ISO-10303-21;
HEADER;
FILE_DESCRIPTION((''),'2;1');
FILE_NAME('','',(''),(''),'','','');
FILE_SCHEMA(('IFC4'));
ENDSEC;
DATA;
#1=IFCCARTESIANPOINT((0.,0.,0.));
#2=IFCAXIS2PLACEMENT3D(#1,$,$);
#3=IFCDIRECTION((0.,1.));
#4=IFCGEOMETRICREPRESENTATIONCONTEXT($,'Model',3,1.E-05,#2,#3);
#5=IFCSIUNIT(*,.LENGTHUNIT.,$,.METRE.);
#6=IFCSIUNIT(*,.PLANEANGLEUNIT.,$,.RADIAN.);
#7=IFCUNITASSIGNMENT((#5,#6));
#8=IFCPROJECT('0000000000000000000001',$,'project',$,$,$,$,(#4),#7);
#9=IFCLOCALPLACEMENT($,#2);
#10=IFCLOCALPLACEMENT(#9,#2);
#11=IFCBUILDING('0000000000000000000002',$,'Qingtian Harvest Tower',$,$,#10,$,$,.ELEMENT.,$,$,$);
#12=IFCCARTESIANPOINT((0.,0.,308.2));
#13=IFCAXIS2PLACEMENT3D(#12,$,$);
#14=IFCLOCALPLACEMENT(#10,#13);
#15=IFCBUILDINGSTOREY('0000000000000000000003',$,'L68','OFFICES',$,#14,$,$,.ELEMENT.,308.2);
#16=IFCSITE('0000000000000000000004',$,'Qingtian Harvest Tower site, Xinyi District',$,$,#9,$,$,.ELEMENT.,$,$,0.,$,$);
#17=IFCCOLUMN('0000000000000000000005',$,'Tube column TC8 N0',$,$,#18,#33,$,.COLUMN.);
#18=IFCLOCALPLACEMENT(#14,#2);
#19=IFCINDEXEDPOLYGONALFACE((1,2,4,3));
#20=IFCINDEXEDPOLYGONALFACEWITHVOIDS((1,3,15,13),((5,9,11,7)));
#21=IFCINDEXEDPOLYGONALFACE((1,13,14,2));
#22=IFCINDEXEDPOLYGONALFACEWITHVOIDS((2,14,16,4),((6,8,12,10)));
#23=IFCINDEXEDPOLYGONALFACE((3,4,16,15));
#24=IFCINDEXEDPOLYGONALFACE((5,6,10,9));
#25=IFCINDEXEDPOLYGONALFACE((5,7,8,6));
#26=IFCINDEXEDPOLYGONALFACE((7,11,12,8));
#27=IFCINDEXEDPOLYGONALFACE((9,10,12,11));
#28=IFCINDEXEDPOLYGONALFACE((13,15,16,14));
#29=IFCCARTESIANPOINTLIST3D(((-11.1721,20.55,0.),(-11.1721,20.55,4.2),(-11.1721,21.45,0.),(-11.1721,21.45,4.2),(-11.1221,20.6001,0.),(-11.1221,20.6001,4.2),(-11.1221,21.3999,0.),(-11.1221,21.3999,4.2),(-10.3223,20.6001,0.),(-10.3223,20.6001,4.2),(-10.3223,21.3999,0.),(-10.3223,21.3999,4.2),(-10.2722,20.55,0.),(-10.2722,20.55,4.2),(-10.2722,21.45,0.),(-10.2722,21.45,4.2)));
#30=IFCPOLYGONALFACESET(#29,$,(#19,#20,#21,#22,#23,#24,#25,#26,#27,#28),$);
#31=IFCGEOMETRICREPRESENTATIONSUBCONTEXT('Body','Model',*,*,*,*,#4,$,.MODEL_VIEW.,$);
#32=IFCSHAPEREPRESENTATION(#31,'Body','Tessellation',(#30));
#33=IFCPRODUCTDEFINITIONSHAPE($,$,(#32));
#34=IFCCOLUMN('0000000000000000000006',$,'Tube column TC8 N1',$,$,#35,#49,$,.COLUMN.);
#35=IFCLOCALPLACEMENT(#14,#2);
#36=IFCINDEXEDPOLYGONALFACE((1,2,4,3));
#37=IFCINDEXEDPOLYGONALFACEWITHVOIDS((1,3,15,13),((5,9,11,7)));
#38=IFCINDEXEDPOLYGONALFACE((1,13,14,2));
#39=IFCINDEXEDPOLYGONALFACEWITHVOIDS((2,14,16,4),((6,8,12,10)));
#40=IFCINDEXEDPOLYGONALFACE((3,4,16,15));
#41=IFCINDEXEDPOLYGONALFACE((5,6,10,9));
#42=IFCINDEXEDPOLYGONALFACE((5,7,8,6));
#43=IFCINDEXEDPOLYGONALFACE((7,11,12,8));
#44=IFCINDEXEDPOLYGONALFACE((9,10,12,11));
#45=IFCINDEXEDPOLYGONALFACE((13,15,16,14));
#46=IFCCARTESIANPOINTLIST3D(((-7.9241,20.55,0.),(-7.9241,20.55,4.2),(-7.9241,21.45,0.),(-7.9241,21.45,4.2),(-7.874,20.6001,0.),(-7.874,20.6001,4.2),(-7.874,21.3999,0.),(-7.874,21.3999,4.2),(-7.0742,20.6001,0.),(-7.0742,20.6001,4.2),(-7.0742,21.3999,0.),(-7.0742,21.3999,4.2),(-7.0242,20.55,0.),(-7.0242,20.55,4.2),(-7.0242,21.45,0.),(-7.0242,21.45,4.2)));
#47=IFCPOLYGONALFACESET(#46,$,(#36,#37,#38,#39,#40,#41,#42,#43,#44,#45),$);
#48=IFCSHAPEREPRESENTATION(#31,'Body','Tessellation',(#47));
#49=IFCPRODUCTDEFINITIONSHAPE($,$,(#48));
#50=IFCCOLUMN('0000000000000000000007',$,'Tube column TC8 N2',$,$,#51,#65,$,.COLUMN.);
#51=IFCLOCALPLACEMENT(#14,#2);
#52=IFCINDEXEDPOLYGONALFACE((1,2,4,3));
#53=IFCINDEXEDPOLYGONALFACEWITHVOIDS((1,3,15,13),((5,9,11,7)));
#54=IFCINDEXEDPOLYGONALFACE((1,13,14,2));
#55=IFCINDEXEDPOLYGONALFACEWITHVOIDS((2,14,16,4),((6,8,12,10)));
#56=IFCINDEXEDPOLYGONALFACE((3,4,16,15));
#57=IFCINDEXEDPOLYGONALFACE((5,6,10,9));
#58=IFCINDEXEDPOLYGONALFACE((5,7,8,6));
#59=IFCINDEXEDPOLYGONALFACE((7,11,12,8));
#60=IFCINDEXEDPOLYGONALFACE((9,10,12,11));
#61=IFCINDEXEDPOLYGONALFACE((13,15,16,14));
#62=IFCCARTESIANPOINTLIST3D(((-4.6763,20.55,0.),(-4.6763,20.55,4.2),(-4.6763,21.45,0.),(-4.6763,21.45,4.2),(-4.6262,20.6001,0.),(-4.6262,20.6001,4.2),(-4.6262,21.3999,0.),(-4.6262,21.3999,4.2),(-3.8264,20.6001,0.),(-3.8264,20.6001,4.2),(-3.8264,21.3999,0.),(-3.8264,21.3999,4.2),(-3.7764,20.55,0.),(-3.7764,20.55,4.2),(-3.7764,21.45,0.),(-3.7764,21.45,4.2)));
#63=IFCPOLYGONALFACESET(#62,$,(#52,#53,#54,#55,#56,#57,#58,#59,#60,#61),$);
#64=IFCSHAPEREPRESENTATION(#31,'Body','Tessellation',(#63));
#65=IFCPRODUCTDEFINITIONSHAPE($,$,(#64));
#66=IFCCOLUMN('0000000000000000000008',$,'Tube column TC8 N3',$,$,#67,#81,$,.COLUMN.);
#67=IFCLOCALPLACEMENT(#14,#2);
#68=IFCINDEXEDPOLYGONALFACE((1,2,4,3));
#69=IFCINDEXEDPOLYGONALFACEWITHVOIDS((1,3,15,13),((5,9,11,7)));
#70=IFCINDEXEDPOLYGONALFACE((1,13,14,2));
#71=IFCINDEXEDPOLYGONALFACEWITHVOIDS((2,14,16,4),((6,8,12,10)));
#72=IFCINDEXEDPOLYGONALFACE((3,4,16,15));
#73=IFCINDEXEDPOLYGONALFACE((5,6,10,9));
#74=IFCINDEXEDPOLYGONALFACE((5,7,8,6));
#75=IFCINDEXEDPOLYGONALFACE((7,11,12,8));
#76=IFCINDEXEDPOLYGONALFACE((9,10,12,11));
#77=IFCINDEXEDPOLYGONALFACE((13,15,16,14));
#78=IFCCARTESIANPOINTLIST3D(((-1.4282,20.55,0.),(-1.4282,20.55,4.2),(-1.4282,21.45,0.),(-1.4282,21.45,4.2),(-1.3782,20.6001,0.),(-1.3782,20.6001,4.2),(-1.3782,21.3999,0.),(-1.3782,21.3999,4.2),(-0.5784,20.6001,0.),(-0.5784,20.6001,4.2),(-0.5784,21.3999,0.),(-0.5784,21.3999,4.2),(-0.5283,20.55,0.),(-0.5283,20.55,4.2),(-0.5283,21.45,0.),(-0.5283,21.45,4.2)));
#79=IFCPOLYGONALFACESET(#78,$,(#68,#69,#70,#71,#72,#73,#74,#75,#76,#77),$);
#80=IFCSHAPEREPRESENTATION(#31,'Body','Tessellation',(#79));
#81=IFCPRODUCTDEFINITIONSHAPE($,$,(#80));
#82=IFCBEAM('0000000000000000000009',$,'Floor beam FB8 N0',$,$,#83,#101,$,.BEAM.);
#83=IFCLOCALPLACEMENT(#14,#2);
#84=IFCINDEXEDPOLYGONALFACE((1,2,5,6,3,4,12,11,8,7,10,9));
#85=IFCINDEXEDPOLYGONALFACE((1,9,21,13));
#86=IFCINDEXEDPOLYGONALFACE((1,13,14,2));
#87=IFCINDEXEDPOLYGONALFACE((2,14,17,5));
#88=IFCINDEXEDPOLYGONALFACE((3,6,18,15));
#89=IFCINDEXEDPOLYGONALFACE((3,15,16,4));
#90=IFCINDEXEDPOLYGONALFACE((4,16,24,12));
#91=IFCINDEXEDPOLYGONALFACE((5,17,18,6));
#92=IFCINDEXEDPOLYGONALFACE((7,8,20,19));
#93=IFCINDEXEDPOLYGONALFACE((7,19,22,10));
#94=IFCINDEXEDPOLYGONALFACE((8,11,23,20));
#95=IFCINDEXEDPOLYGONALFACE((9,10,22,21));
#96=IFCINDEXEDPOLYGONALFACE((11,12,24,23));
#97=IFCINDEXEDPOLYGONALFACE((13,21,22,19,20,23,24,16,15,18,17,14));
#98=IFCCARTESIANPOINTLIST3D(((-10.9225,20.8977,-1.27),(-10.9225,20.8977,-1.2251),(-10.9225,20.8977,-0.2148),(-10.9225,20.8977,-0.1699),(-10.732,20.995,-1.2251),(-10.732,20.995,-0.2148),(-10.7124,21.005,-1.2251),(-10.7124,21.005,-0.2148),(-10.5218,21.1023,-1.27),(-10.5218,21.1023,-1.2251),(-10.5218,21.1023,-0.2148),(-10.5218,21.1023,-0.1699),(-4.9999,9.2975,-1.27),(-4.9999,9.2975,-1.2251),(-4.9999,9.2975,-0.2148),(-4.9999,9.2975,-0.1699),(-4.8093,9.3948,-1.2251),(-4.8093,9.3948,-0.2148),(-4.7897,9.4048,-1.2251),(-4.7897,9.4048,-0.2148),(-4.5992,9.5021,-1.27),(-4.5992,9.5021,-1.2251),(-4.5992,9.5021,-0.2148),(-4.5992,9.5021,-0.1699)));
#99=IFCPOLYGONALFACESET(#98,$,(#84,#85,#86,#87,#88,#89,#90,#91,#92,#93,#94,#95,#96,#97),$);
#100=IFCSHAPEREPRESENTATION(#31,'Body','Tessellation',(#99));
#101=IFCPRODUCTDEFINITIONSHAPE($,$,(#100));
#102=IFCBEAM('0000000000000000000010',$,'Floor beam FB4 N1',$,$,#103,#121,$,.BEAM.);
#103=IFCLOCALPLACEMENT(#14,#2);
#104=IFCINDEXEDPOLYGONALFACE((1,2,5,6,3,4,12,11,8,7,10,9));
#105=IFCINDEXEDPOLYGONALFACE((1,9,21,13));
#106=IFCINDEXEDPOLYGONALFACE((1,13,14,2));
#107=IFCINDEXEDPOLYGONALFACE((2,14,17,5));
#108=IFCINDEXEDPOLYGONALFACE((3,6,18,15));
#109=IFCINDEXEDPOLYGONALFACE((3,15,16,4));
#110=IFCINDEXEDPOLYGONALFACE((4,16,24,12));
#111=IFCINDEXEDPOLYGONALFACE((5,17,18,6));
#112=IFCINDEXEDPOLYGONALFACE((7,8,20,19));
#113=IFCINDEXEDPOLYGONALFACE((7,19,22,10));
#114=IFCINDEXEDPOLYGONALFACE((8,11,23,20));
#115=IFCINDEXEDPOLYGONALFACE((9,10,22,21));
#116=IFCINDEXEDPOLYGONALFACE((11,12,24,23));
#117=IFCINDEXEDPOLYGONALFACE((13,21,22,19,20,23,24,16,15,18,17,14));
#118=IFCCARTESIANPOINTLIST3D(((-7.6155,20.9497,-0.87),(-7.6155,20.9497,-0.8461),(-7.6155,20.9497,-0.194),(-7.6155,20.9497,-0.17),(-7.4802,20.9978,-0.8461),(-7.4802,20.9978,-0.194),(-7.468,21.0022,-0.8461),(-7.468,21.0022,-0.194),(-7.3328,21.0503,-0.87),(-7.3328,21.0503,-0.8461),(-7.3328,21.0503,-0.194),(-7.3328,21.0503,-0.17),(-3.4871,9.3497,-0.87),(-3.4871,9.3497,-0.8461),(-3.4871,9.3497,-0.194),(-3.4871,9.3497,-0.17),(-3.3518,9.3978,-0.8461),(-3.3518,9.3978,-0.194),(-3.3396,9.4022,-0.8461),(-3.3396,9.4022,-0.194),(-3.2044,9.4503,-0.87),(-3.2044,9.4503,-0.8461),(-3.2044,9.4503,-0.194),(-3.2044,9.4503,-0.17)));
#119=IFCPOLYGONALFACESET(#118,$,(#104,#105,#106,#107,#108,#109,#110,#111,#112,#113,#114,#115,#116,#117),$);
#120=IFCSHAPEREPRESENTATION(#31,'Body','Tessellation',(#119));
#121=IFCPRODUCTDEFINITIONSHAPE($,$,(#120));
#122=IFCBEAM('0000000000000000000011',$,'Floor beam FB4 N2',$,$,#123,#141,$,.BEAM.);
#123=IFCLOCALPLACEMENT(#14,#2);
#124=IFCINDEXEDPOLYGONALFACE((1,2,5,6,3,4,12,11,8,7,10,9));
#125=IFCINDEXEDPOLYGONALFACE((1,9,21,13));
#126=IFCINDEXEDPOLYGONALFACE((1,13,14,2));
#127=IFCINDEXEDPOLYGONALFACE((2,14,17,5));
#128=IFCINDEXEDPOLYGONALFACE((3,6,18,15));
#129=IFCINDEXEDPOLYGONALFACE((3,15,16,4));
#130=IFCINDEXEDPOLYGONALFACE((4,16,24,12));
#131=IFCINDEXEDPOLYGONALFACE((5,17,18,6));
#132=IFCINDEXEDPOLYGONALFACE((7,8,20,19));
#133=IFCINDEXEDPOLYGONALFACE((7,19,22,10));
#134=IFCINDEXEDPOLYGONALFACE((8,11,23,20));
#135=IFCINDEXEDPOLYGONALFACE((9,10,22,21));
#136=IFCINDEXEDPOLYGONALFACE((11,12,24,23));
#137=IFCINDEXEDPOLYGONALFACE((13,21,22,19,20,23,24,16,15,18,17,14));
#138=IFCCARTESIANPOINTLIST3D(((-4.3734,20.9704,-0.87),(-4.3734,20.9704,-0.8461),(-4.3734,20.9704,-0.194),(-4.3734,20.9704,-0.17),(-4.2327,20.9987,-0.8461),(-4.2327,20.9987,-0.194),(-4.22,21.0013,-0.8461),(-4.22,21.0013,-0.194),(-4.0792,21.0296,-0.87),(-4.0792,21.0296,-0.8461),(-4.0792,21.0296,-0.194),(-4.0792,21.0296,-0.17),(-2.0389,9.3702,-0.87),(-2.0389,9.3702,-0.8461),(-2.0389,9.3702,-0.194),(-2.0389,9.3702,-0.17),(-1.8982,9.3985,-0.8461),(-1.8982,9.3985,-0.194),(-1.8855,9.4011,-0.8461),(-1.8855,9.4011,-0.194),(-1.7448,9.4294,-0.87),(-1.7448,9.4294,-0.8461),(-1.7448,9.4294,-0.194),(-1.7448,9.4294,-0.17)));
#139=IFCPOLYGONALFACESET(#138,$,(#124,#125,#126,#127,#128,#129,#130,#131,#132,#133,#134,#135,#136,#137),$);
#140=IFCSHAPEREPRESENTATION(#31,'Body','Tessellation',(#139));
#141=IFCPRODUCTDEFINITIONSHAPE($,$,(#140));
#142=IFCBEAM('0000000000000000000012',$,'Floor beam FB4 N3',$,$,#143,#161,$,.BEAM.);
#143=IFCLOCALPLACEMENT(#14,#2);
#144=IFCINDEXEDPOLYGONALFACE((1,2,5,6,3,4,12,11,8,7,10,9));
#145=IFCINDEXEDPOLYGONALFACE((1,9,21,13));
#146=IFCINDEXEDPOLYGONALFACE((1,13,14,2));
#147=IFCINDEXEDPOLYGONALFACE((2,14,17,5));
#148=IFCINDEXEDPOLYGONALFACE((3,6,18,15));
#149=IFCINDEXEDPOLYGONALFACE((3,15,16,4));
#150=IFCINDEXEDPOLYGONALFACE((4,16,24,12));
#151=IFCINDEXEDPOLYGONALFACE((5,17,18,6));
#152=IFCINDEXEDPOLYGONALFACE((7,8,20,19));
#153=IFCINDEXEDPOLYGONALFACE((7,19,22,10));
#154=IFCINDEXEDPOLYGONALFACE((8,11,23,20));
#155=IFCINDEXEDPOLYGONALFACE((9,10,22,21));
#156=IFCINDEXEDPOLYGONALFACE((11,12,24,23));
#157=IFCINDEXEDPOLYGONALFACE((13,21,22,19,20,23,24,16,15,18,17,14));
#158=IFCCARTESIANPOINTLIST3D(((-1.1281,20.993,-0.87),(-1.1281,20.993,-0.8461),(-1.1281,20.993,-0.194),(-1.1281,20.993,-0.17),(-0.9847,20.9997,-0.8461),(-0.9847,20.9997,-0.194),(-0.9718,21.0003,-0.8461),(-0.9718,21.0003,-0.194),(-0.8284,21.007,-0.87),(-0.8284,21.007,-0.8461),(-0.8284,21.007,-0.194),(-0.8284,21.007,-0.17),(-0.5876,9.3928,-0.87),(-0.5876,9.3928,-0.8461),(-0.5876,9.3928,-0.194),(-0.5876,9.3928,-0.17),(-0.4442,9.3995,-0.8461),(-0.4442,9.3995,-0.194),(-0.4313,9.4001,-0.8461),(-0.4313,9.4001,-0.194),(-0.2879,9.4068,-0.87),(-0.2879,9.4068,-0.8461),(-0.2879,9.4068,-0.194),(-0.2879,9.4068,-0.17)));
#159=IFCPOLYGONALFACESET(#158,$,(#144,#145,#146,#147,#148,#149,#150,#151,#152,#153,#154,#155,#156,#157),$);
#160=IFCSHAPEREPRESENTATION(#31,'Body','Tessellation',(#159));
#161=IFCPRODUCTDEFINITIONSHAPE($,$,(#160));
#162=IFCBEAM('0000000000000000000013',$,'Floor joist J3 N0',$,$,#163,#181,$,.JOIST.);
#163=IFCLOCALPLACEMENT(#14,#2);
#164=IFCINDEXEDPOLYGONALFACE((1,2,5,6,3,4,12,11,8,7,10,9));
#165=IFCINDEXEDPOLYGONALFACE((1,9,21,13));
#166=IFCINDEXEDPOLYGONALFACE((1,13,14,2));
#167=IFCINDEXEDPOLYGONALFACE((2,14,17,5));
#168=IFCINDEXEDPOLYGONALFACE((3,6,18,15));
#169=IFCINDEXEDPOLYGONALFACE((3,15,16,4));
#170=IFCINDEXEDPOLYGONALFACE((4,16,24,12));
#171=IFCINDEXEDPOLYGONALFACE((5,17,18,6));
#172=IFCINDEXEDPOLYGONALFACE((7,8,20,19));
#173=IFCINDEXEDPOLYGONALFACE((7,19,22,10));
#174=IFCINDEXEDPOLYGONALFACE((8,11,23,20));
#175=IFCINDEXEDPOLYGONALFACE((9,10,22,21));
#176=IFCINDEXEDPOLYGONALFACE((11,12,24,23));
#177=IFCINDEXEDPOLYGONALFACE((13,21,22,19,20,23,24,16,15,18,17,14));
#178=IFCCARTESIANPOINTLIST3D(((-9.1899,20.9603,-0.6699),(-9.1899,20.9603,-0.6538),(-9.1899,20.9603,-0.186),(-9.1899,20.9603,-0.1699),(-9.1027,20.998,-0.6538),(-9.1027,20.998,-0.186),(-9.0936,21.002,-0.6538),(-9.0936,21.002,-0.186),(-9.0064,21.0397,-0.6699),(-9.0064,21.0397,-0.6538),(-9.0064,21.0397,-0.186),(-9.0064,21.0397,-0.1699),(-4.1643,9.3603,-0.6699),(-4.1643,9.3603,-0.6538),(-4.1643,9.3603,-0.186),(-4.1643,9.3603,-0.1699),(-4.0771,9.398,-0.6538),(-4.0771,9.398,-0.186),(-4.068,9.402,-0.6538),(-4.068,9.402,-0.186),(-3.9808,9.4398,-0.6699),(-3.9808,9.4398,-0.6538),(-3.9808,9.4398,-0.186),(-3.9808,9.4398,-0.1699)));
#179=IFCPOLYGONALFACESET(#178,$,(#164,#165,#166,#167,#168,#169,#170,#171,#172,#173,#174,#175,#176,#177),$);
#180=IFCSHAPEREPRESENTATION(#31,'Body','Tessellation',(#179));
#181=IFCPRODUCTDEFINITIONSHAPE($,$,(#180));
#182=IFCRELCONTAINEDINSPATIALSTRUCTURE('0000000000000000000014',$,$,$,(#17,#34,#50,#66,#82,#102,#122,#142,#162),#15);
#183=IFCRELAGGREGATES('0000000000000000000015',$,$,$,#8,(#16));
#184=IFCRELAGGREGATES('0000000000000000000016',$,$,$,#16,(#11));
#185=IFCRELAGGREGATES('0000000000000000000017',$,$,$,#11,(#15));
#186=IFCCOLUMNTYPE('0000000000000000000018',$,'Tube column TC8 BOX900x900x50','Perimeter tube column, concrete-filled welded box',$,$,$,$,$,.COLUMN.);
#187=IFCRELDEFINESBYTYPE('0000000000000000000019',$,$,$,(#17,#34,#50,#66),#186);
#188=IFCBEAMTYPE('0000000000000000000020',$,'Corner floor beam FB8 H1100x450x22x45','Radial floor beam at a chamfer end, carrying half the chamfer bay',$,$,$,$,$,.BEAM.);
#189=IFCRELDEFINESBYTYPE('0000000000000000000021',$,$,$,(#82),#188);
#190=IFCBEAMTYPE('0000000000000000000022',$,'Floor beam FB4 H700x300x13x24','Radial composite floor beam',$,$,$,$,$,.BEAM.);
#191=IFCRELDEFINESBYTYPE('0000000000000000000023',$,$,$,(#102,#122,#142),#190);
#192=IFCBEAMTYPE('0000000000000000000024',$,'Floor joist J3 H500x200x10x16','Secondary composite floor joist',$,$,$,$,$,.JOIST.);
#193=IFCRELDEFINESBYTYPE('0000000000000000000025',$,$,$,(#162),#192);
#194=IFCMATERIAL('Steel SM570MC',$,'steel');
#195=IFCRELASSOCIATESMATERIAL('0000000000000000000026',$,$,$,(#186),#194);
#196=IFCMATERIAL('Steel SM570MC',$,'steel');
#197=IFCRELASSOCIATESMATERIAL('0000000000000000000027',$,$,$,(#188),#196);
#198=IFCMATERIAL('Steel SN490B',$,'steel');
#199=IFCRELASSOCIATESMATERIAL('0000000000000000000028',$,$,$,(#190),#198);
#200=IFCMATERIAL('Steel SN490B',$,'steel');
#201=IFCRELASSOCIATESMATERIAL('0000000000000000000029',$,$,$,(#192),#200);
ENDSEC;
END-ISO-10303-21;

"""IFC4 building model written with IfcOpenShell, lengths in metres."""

from ifc_helpers import new_model, si_unit, direction, frame, origin, origin_2d, place, context, subcontext, project, spatial, hollow_rectangle, i_section, extrude, material, material_profile, profile_set, type_object, element, save


model = new_model("IFC4")

# Units and contexts
model_context = context("Model", 3, precision=1e-05, world=origin(), true_north=direction((0.0, 1.0)))
body_context = subcontext(model_context, "Body", "Model", "MODEL_VIEW")
ifc_project = project(units=[si_unit("LENGTHUNIT", "METRE"), si_unit("PLANEANGLEUNIT", "RADIAN")], contexts=[model_context])

# Site, building, storey
site_placement = place(None, origin())
site = spatial("IfcSite", under=ifc_project, at=site_placement, Name="Qingtian Harvest Tower site, Xinyi District", CompositionType="ELEMENT", RefElevation=0.0)
building_placement = place(site_placement, origin())
building = spatial("IfcBuilding", under=site, at=building_placement, Name="Qingtian Harvest Tower", CompositionType="ELEMENT")
storey_placement = place(building_placement, frame((0.0, 0.0, 308.2)))
storey = spatial("IfcBuildingStorey", under=building, at=storey_placement, Name="L68", Description="OFFICES", CompositionType="ELEMENT", Elevation=308.2)

# Columns
ifc_material_1 = material(Name="Steel SM570MC", Category="steel")
ifc_material_profile_1 = material_profile(ifc_material_1, hollow_rectangle(XDim=0.8999, YDim=0.8999, WallThickness=0.05, at=origin_2d()), Name="BOX900x900x50")
ifc_profile_set_1 = profile_set([ifc_material_profile_1], Name="Steel SM570MC")
column_type = type_object("IfcColumnType", Name="Tube column TC8 BOX900x900x50", Description="Perimeter tube column, concrete-filled welded box", PredefinedType="COLUMN", material=ifc_profile_set_1)
for number, where, z_axis, x_axis, name in (
    (1, (-10.7222, 21.0, 0.0), (0.0, 0.0, 1.0), (-1.0, 0.0, 0.0), "Tube column TC8 N0"),
    (2, (-7.4741, 21.0, 0.0), (0.0, 0.0, 1.0), (-1.0, 0.0, 0.0), "Tube column TC8 N1"),
    (3, (-4.2263, 21.0, 0.0), (0.0, 0.0, 1.0), (-1.0, 0.0, 0.0), "Tube column TC8 N2"),
    (4, (-0.9783, 21.0, 0.0), (0.0, 0.0, 1.0), (-1.0, 0.0, 0.0), "Tube column TC8 N3"),
):
    element("IfcColumn", number, at=place(storey_placement, frame(where, z_axis=z_axis, x_axis=x_axis)), inside=storey, type_object=column_type, Name=name, PredefinedType="COLUMN", context=body_context, shape_type="SweptSolid", body=[
        extrude(hollow_rectangle(XDim=0.8999, YDim=0.8999, WallThickness=0.05, at=origin_2d()), origin(), (0.0, 0.0, 1.0), 4.2),
    ])

# Beams
ifc_material_2 = material(Name="Steel SM570MC", Category="steel")
ifc_material_profile_2 = material_profile(ifc_material_2, i_section(OverallWidth=0.45, OverallDepth=1.1001, WebThickness=0.022, FlangeThickness=0.0449, at=origin_2d()), Name="H1100x450x22x45")
ifc_profile_set_2 = profile_set([ifc_material_profile_2], Name="Steel SM570MC")
beam_type_1 = type_object("IfcBeamType", Name="Corner floor beam FB8 H1100x450x22x45", Description="Radial floor beam at a chamfer end, carrying half the chamfer bay", PredefinedType="BEAM", material=ifc_profile_set_2)
beam_1_placement = place(storey_placement, frame((-10.7222, 21.0, -0.72), z_axis=(0.454726, -0.890632, 0.0), x_axis=(0.890632, 0.454726, 0.0)))
element("IfcBeam", 5, at=beam_1_placement, inside=storey, type_object=beam_type_1, Name="Floor beam FB8 N0", PredefinedType="BEAM", context=body_context, shape_type="SweptSolid", body=[
    extrude(i_section(OverallWidth=0.45, OverallDepth=1.1001, WebThickness=0.022, FlangeThickness=0.0449, at=origin_2d()), origin(), (0.0, 0.0, 1.0), 13.0247),
])
ifc_material_3 = material(Name="Steel SN490B", Category="steel")
ifc_material_profile_3 = material_profile(ifc_material_3, i_section(OverallWidth=0.3, OverallDepth=0.7, WebThickness=0.0129, FlangeThickness=0.0239, at=origin_2d()), Name="H700x300x13x24")
ifc_profile_set_3 = profile_set([ifc_material_profile_3], Name="Steel SN490B")
beam_type_2 = type_object("IfcBeamType", Name="Floor beam FB4 H700x300x13x24", Description="Radial composite floor beam", PredefinedType="BEAM", material=ifc_profile_set_3)
beam_2_placement = place(storey_placement, frame((-7.4741, 21.0, -0.52), z_axis=(0.335294, -0.942114, 0.0), x_axis=(0.942114, 0.335294, 0.0)))
element("IfcBeam", 6, at=beam_2_placement, inside=storey, type_object=beam_type_2, Name="Floor beam FB4 N1", PredefinedType="BEAM", context=body_context, shape_type="SweptSolid", body=[
    extrude(i_section(OverallWidth=0.3, OverallDepth=0.7, WebThickness=0.0129, FlangeThickness=0.0239, at=origin_2d()), origin(), (0.0, 0.0, 1.0), 12.3127),
])
beam_3_placement = place(storey_placement, frame((-4.2263, 21.0, -0.52), z_axis=(0.19729, -0.980345, 0.0), x_axis=(0.980345, 0.19729, 0.0)))
element("IfcBeam", 7, at=beam_3_placement, inside=storey, type_object=beam_type_2, Name="Floor beam FB4 N2", PredefinedType="BEAM", context=body_context, shape_type="SweptSolid", body=[
    extrude(i_section(OverallWidth=0.3, OverallDepth=0.7, WebThickness=0.0129, FlangeThickness=0.0239, at=origin_2d()), origin(), (0.0, 0.0, 1.0), 11.8328),
])
beam_4_placement = place(storey_placement, frame((-0.9783, 21.0, -0.52), z_axis=(0.046546, -0.998916, 0.0), x_axis=(0.998916, 0.046546, 0.0)))
element("IfcBeam", 8, at=beam_4_placement, inside=storey, type_object=beam_type_2, Name="Floor beam FB4 N3", PredefinedType="BEAM", context=body_context, shape_type="SweptSolid", body=[
    extrude(i_section(OverallWidth=0.3, OverallDepth=0.7, WebThickness=0.0129, FlangeThickness=0.0239, at=origin_2d()), origin(), (0.0, 0.0, 1.0), 11.6128),
])
ifc_material_4 = material(Name="Steel SN490B", Category="steel")
ifc_material_profile_4 = material_profile(ifc_material_4, i_section(OverallWidth=0.2, OverallDepth=0.5, WebThickness=0.01, FlangeThickness=0.0161, at=origin_2d()), Name="H500x200x10x16")
ifc_profile_set_4 = profile_set([ifc_material_profile_4], Name="Steel SN490B")
beam_type_3 = type_object("IfcBeamType", Name="Floor joist J3 H500x200x10x16", Description="Secondary composite floor joist", PredefinedType="JOIST", material=ifc_profile_set_4)
beam_5_placement = place(storey_placement, frame((-9.0981, 21.0, -0.4199), z_axis=(0.397536, -0.917587, 0.0), x_axis=(0.917587, 0.397536, 0.0)))
element("IfcBeam", 9, at=beam_5_placement, inside=storey, type_object=beam_type_3, Name="Floor joist J3 N0", PredefinedType="JOIST", context=body_context, shape_type="SweptSolid", body=[
    extrude(i_section(OverallWidth=0.2, OverallDepth=0.5, WebThickness=0.01, FlangeThickness=0.0161, at=origin_2d()), origin(), (0.0, 0.0, 1.0), 12.6418),
])

save(model, "model.ifc")
